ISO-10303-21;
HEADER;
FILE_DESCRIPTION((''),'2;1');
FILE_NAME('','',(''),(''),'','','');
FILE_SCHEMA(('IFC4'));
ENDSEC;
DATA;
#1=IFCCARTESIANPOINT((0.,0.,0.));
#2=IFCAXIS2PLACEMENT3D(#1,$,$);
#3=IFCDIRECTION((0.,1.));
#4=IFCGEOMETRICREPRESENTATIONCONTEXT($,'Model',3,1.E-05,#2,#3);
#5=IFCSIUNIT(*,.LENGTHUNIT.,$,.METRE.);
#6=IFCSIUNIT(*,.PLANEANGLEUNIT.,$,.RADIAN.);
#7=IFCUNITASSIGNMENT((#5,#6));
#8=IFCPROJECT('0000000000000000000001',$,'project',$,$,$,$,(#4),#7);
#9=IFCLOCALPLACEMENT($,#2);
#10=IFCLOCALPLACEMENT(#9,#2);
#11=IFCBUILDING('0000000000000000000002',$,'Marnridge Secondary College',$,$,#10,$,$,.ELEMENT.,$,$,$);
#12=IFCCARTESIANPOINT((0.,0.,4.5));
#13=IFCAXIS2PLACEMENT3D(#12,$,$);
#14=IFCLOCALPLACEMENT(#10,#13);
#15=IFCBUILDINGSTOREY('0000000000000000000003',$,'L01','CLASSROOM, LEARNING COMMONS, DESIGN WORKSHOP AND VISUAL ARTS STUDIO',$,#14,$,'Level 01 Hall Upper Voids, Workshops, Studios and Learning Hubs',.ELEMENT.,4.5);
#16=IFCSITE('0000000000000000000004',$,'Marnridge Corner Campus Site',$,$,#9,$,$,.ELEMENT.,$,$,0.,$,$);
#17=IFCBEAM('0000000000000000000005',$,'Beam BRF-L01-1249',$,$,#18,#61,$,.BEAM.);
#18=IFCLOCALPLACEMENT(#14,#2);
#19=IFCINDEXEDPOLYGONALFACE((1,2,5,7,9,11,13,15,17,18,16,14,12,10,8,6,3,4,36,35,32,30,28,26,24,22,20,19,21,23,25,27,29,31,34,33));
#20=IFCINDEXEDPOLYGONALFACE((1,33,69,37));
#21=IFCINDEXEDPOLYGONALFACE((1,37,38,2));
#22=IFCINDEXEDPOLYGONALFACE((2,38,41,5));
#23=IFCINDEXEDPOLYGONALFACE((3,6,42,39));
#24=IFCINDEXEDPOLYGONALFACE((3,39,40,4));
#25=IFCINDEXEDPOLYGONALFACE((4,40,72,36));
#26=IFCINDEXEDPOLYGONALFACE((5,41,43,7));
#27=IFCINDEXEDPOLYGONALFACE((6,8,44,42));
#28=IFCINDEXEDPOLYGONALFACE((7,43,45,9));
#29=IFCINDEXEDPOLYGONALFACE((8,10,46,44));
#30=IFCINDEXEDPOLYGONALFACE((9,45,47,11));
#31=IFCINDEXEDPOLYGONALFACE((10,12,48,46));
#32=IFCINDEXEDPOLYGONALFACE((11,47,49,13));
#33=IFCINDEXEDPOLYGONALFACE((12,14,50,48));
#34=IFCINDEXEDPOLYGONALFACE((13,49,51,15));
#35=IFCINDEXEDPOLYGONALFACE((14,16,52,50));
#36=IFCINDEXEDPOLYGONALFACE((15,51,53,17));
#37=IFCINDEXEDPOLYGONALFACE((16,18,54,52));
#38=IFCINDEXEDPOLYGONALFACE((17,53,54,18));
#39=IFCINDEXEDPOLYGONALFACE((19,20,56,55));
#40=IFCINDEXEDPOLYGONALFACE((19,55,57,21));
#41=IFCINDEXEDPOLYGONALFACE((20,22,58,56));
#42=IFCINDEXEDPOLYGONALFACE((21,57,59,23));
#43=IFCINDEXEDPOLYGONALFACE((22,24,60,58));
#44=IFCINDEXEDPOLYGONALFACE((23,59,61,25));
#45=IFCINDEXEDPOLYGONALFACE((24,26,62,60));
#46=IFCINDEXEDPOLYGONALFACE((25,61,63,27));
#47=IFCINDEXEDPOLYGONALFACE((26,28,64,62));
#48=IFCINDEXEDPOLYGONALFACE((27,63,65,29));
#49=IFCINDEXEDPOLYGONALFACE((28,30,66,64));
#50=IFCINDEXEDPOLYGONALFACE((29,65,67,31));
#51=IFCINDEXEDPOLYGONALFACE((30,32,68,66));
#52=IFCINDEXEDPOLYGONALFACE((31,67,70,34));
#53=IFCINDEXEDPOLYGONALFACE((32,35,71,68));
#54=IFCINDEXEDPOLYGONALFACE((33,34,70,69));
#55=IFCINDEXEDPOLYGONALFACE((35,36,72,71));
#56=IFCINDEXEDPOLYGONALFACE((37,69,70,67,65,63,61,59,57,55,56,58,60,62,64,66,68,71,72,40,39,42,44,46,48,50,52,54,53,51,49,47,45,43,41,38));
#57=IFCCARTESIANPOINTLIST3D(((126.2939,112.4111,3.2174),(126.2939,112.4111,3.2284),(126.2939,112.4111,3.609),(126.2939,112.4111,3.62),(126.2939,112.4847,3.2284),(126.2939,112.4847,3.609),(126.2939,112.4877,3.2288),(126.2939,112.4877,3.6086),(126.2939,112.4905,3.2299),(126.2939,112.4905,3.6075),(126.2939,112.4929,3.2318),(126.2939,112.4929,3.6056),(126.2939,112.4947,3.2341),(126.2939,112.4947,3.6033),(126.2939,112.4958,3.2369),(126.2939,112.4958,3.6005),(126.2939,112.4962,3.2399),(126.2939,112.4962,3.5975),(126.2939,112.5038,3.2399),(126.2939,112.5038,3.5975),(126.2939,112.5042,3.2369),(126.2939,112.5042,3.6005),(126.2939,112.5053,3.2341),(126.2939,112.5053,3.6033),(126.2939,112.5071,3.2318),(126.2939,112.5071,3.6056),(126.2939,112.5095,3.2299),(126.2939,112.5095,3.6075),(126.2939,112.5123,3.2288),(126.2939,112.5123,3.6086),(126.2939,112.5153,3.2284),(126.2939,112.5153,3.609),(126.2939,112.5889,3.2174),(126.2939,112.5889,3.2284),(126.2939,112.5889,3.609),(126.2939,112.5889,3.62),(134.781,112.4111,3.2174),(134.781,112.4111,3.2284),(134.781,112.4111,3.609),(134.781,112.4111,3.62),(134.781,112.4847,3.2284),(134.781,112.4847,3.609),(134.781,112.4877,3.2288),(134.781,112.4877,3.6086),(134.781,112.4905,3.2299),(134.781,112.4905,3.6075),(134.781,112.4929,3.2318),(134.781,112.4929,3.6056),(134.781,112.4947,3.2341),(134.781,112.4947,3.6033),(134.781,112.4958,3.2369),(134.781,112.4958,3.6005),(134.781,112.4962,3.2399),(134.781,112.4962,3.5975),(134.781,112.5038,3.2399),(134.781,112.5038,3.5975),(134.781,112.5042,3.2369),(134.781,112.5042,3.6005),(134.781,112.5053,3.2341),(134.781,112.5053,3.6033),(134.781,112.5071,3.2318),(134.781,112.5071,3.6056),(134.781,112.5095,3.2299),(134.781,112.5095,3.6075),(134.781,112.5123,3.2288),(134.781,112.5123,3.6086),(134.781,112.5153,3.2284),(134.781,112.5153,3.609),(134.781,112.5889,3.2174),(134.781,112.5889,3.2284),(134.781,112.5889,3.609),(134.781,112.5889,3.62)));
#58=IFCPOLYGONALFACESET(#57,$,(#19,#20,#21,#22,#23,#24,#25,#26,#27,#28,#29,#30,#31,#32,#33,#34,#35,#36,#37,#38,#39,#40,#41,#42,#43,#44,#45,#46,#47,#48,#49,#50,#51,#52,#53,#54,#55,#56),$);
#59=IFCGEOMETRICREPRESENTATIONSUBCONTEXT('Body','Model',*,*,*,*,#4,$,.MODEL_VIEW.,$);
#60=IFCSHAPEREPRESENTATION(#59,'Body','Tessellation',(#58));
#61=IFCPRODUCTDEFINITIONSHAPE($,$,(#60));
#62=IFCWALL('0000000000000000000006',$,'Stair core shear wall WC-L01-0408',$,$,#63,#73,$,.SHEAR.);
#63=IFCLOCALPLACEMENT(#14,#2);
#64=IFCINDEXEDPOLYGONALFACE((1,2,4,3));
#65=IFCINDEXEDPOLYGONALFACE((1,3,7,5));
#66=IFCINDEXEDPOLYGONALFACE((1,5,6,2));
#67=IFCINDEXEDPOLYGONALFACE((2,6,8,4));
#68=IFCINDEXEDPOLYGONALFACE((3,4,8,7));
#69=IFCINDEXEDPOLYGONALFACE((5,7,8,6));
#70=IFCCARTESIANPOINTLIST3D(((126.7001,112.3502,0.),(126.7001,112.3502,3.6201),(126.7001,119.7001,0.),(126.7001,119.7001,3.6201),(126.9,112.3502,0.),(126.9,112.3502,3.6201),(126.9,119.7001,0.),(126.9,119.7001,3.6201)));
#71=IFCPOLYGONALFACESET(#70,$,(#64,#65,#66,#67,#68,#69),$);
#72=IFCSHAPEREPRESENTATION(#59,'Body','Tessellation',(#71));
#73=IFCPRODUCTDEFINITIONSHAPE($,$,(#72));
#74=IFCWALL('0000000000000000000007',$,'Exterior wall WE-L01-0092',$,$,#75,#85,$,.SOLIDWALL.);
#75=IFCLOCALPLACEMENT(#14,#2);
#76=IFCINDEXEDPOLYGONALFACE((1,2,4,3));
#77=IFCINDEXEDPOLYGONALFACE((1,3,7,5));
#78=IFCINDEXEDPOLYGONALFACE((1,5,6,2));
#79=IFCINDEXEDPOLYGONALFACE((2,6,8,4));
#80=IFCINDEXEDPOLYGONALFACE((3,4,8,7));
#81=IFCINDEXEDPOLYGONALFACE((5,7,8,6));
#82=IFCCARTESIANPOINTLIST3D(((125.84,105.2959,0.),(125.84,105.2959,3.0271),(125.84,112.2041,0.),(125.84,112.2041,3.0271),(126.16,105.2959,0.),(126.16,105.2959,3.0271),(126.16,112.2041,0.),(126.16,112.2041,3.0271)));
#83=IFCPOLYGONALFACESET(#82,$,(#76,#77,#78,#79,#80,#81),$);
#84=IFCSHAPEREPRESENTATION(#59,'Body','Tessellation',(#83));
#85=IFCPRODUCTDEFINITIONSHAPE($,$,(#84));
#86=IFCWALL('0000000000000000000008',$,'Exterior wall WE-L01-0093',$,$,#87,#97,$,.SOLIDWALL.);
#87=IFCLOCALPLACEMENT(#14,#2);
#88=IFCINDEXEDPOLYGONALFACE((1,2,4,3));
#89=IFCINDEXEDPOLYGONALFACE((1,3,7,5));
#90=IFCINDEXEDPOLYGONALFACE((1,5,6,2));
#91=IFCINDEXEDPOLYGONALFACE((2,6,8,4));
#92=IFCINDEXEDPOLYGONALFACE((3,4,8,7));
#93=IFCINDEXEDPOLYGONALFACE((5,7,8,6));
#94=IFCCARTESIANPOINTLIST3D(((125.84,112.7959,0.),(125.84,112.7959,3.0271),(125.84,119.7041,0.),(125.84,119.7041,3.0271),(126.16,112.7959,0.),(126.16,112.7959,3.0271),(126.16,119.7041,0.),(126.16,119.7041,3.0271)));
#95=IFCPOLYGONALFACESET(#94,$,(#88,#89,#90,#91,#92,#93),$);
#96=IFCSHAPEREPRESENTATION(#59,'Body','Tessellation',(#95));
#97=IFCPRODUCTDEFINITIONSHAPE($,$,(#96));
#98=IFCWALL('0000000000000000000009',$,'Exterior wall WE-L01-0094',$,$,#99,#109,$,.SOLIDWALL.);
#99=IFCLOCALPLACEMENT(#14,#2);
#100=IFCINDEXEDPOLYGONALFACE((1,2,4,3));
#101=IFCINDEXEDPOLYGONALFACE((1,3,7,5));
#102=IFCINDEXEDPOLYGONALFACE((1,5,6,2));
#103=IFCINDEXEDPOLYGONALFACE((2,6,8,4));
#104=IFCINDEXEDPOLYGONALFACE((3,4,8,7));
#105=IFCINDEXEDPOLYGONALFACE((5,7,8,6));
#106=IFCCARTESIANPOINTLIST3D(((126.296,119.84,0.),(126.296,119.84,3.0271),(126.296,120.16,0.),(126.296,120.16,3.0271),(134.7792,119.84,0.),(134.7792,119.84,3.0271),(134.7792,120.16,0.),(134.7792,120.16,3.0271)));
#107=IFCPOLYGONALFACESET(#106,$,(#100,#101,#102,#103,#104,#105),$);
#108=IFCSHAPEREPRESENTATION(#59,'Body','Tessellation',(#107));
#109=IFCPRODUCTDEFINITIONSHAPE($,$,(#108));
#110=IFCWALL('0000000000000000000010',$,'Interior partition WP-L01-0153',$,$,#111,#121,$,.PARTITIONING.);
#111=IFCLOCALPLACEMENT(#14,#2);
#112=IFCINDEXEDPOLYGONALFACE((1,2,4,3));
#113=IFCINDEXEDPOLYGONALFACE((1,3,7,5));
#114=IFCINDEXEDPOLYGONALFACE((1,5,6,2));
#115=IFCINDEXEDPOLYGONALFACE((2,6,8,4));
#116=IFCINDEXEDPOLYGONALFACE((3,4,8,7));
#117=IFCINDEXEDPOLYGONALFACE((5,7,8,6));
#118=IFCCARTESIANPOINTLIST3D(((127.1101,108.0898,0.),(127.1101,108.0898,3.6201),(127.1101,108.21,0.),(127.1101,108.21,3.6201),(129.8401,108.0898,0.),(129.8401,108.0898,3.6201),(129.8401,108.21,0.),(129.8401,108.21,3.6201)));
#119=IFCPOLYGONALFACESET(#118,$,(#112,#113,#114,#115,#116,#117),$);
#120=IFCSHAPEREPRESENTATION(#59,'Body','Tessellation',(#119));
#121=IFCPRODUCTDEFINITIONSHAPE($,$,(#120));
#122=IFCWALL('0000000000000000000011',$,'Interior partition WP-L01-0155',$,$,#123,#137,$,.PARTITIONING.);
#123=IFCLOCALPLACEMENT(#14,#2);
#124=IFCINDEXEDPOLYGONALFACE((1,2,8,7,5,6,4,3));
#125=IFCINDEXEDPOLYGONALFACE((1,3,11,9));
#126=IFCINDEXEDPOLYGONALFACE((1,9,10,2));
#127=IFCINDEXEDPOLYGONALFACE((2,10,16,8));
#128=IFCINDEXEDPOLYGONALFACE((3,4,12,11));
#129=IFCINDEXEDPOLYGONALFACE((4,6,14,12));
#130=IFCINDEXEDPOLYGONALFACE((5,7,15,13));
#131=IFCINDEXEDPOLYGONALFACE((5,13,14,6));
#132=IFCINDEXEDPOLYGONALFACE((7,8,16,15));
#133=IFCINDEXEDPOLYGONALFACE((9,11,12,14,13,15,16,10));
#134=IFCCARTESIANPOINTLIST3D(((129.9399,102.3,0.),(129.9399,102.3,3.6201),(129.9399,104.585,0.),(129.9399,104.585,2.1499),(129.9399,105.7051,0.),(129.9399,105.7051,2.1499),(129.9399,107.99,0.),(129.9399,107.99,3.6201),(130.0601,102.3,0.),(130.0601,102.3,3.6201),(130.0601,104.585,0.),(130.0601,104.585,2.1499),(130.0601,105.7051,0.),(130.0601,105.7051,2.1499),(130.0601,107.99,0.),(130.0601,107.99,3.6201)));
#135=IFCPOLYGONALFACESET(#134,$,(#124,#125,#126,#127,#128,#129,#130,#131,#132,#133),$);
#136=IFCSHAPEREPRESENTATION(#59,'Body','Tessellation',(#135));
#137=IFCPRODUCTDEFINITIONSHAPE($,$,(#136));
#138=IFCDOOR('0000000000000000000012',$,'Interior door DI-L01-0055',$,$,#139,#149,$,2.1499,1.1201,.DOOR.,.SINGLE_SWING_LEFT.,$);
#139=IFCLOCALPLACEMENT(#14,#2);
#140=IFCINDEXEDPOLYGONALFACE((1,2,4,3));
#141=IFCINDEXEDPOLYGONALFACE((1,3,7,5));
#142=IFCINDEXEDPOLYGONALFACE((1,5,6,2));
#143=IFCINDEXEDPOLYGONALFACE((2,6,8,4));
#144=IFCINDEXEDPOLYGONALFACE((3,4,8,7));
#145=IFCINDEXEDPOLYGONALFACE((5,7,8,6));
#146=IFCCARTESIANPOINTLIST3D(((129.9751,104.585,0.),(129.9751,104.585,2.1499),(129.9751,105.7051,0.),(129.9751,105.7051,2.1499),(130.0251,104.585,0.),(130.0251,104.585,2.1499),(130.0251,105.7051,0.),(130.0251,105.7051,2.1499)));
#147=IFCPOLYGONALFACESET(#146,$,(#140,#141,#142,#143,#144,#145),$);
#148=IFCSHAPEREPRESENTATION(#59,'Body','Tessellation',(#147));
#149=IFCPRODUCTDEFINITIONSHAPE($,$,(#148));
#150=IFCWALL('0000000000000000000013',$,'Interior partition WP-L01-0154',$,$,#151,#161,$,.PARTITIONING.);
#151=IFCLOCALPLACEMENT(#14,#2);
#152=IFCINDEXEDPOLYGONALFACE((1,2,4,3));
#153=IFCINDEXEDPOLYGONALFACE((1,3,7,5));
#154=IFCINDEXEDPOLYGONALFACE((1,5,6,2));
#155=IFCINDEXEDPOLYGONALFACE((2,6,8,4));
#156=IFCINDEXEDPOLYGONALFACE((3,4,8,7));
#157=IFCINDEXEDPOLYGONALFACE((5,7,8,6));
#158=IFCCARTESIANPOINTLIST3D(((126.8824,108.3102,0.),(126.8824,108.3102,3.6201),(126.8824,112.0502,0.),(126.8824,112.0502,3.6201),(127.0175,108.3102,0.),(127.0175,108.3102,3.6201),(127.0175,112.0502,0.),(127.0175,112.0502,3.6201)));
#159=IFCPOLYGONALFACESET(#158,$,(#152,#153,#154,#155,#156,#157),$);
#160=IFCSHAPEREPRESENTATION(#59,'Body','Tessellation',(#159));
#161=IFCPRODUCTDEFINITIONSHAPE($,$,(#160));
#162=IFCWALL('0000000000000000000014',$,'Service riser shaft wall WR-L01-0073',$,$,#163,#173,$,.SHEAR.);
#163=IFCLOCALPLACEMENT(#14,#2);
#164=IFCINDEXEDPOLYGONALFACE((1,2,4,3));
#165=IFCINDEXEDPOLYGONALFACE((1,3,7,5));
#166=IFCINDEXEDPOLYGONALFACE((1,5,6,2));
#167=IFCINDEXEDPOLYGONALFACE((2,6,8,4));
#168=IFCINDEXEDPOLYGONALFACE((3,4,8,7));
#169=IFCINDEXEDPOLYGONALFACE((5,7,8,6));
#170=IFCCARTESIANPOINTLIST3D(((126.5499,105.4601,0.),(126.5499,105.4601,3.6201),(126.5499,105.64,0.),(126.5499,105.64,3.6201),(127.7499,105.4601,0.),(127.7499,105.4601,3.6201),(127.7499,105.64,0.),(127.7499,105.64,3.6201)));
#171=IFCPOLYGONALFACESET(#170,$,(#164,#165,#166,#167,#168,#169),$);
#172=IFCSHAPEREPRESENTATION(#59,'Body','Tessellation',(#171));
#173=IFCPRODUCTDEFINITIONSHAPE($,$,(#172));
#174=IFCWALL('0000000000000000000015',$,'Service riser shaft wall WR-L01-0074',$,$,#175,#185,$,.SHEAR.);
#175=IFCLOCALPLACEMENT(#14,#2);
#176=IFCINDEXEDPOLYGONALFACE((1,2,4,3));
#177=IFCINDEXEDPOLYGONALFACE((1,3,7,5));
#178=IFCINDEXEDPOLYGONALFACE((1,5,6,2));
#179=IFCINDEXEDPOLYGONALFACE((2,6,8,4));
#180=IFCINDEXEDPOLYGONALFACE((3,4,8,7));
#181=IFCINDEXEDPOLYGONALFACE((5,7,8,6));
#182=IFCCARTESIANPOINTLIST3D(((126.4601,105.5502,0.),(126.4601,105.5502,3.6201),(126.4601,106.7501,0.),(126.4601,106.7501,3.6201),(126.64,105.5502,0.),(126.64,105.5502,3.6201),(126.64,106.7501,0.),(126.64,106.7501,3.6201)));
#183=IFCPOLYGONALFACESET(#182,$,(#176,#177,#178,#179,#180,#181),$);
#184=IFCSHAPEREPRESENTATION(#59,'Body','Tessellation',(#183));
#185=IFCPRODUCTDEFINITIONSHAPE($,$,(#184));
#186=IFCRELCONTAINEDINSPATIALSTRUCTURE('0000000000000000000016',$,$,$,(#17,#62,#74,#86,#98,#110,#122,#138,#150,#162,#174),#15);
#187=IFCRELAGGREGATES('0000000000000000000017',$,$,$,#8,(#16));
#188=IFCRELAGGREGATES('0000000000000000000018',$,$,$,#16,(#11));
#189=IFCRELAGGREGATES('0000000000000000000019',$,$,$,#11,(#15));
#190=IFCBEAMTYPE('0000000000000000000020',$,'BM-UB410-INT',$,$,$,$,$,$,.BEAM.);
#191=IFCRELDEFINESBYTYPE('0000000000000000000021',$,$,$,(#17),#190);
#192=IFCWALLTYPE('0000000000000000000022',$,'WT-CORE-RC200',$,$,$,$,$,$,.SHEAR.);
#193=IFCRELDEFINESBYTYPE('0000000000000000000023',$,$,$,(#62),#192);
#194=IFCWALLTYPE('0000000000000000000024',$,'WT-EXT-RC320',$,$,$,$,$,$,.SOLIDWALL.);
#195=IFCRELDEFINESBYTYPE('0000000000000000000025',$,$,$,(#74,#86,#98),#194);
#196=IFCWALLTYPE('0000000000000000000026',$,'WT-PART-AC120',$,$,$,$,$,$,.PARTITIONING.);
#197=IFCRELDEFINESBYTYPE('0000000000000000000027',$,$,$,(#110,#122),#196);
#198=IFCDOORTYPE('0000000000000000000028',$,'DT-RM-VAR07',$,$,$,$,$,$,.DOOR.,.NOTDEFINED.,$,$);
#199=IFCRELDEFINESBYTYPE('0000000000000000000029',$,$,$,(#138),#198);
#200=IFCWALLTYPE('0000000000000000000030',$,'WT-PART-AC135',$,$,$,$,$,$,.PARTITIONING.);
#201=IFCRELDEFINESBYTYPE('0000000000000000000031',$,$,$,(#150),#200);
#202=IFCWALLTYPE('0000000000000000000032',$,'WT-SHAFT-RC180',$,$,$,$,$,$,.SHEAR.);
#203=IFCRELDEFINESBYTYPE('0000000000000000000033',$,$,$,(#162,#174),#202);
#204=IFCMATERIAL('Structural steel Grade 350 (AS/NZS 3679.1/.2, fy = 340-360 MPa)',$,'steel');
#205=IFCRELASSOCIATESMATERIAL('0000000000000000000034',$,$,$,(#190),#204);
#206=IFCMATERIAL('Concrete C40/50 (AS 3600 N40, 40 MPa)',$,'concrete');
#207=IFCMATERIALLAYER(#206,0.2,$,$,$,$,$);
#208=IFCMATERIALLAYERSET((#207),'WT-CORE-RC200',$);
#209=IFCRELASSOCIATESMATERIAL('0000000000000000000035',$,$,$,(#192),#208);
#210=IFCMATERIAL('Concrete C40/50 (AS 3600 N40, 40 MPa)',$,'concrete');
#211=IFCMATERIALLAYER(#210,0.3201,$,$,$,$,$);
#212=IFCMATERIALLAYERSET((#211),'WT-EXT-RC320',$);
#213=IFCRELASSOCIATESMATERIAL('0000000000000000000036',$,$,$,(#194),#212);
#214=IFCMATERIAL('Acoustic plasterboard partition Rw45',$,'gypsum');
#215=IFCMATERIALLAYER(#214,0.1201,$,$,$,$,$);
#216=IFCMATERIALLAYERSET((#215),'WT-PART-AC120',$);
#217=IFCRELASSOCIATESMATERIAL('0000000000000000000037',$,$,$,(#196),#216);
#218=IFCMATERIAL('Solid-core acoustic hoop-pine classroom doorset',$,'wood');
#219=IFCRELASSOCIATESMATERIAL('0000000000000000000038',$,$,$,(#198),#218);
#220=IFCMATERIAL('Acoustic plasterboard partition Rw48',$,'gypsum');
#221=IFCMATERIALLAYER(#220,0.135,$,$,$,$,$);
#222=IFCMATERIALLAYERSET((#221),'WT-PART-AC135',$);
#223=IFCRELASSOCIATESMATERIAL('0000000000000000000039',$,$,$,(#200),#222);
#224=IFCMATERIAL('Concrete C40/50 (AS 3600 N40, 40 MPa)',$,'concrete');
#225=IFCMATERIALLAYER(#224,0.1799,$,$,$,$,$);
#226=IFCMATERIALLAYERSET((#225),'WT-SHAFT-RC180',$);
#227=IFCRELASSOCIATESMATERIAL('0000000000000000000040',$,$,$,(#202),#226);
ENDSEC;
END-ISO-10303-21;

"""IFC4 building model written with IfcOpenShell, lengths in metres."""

from ifc_helpers import new_model, si_unit, direction, frame, frame_2d, origin, origin_2d, place, context, subcontext, project, spatial, rectangle, i_section, extrude, material, layer, layer_set, material_profile, profile_set, type_object, element, fill, save


model = new_model("IFC4")

# Units and contexts
model_context = context("Model", 3, precision=1e-05, world=origin(), true_north=direction((0.0, 1.0)))
body_context = subcontext(model_context, "Body", "Model", "MODEL_VIEW")
ifc_project = project(units=[si_unit("LENGTHUNIT", "METRE"), si_unit("PLANEANGLEUNIT", "RADIAN")], contexts=[model_context])

# Site, building, storey
site_placement = place(None, origin())
site = spatial("IfcSite", under=ifc_project, at=site_placement, Name="Marnridge Corner Campus Site", CompositionType="ELEMENT", RefElevation=0.0)
building_placement = place(site_placement, origin())
building = spatial("IfcBuilding", under=site, at=building_placement, Name="Marnridge Secondary College", CompositionType="ELEMENT")
storey_placement = place(building_placement, frame((0.0, 0.0, 4.5)))
storey = spatial("IfcBuildingStorey", under=building, at=storey_placement, Name="L01", Description="CLASSROOM, LEARNING COMMONS, DESIGN WORKSHOP AND VISUAL ARTS STUDIO", LongName="Level 01 Hall Upper Voids, Workshops, Studios and Learning Hubs", CompositionType="ELEMENT", Elevation=4.5)

# Beam
ifc_material_1 = material(Name="Structural steel Grade 350 (AS/NZS 3679.1/.2, fy = 340-360 MPa)", Category="steel")
ifc_material_profile_1 = material_profile(ifc_material_1, i_section(OverallWidth=0.1777, OverallDepth=0.4026, WebThickness=0.0076, FlangeThickness=0.011, FilletRadius=0.0115, at=origin_2d()), Name="410UB53.7")
ifc_profile_set_1 = profile_set([ifc_material_profile_1], Name="Structural steel Grade 350 (AS/NZS 3679.1/.2, fy = 340-360 MPa)")
beam_type_1 = type_object("IfcBeamType", Name="BM-UB410-INT", PredefinedType="BEAM", material=ifc_profile_set_1)
beam_1_placement = place(storey_placement, frame((126.2939, 112.5, 3.4187), z_axis=(1.0, 0.0, 0.0), x_axis=(0.0, 1.0, 0.0)))
element("IfcBeam", 1, at=beam_1_placement, inside=storey, type_object=beam_type_1, Name="Beam BRF-L01-1249", PredefinedType="BEAM", context=body_context, shape_type="SweptSolid", body=[
    extrude(i_section(OverallWidth=0.1777, OverallDepth=0.4026, WebThickness=0.0076, FlangeThickness=0.011, FilletRadius=0.0115, at=origin_2d()), origin(), (0.0, 0.0, 1.0), 8.4871),
])

# Shared definitions
ifc_material_2 = material(Name="Concrete C40/50 (AS 3600 N40, 40 MPa)", Category="concrete")
ifc_layer_1 = layer(ifc_material_2, 0.2)
ifc_layer_set_1 = layer_set([ifc_layer_1], Name="WT-CORE-RC200")
wall_type_1 = type_object("IfcWallType", Name="WT-CORE-RC200", PredefinedType="SHEAR", material=ifc_layer_set_1)

# Walls
wall_1_placement = place(storey_placement, frame((126.8, 119.7, 0.0), z_axis=(0.0, 0.0, 1.0), x_axis=(0.0, -1.0, 0.0)))
element("IfcWall", 2, at=wall_1_placement, inside=storey, type_object=wall_type_1, Name="Stair core shear wall WC-L01-0408", PredefinedType="SHEAR", context=body_context, shape_type="SweptSolid", body=[
    extrude(rectangle(XDim=7.3499, YDim=0.2, at=frame_2d((3.6748, 0.0))), origin(), (0.0, 0.0, 1.0), 3.6201),
])
ifc_material_3 = material(Name="Concrete C40/50 (AS 3600 N40, 40 MPa)", Category="concrete")
ifc_layer_2 = layer(ifc_material_3, 0.3201)
ifc_layer_set_2 = layer_set([ifc_layer_2], Name="WT-EXT-RC320")
wall_type_2 = type_object("IfcWallType", Name="WT-EXT-RC320", PredefinedType="SOLIDWALL", material=ifc_layer_set_2)
for number, where, z_axis, x_axis, name in (
    (3, (126.0, 105.2959, 0.0), (0.0, 0.0, 1.0), (0.0, 1.0, 0.0), "Exterior wall WE-L01-0092"),
    (4, (126.0, 112.7959, 0.0), (0.0, 0.0, 1.0), (0.0, 1.0, 0.0), "Exterior wall WE-L01-0093"),
):
    element("IfcWall", number, at=place(storey_placement, frame(where, z_axis=z_axis, x_axis=x_axis)), inside=storey, type_object=wall_type_2, Name=name, PredefinedType="SOLIDWALL", context=body_context, shape_type="SweptSolid", body=[
        extrude(rectangle(XDim=6.9082, YDim=0.3201, at=frame_2d((3.4541, 0.0))), origin(), (0.0, 0.0, 1.0), 3.0271),
    ])
wall_2_placement = place(storey_placement, frame((126.2959, 120.0, 0.0), z_axis=(0.0, 0.0, 1.0), x_axis=(1.0, 0.0, 0.0)))
element("IfcWall", 5, at=wall_2_placement, inside=storey, type_object=wall_type_2, Name="Exterior wall WE-L01-0094", PredefinedType="SOLIDWALL", context=body_context, shape_type="SweptSolid", body=[
    extrude(rectangle(XDim=8.4832, YDim=0.3201, at=frame_2d((4.2417, 0.0))), origin(), (0.0, 0.0, 1.0), 3.0271),
])
ifc_material_4 = material(Name="Acoustic plasterboard partition Rw45", Category="gypsum")
ifc_layer_3 = layer(ifc_material_4, 0.1201)
ifc_layer_set_3 = layer_set([ifc_layer_3], Name="WT-PART-AC120")
wall_type_3 = type_object("IfcWallType", Name="WT-PART-AC120", PredefinedType="PARTITIONING", material=ifc_layer_set_3)
wall_3_placement = place(storey_placement, frame((129.8401, 108.1499, 0.0), z_axis=(0.0, 0.0, 1.0), x_axis=(-1.0, 0.0, 0.0)))
element("IfcWall", 6, at=wall_3_placement, inside=storey, type_object=wall_type_3, Name="Interior partition WP-L01-0153", PredefinedType="PARTITIONING", context=body_context, shape_type="SweptSolid", body=[
    extrude(rectangle(XDim=2.73, YDim=0.1201, at=frame_2d((1.365, 0.0))), origin(), (0.0, 0.0, 1.0), 3.6201),
])

# Wall, opening, door
wall_4_placement = place(storey_placement, frame((130.0, 102.3, 0.0), z_axis=(0.0, 0.0, 1.0), x_axis=(0.0, 1.0, 0.0)))
wall_4 = element("IfcWall", 7, at=wall_4_placement, inside=storey, type_object=wall_type_3, Name="Interior partition WP-L01-0155", PredefinedType="PARTITIONING", context=body_context, shape_type="SweptSolid", body=[
    extrude(rectangle(XDim=5.6899, YDim=0.1201, at=frame_2d((2.845, 0.0))), origin(), (0.0, 0.0, 1.0), 3.6201),
])
opening_1_placement = place(wall_4_placement, frame((2.2849, 0.0, 0.0)))
opening_1 = element("IfcOpeningElement", 8, at=opening_1_placement, cuts=wall_4, PredefinedType="OPENING", context=body_context, shape_type="SweptSolid", body=[
    extrude(rectangle(XDim=1.1201, YDim=2.1499, at=frame_2d((0.5601, 1.075))), frame((0.0, 0.0701, 0.0), z_axis=(0.0, -1.0, 0.0), x_axis=(1.0, 0.0, 0.0)), (0.0, 0.0, 1.0), 0.1401),
])
ifc_material_5 = material(Name="Solid-core acoustic hoop-pine classroom doorset", Category="wood")
door_type_1 = type_object("IfcDoorType", Name="DT-RM-VAR07", OperationType="NOTDEFINED", PredefinedType="DOOR", material=ifc_material_5)
door_1_placement = place(opening_1_placement, origin())
door_1 = element("IfcDoor", 9, at=door_1_placement, inside=storey, type_object=door_type_1, Name="Interior door DI-L01-0055", OperationType="SINGLE_SWING_LEFT", OverallHeight=2.1499, OverallWidth=1.1201, PredefinedType="DOOR", context=body_context, shape_type="SweptSolid", body=[
    extrude(rectangle(XDim=1.1201, YDim=2.1499, at=frame_2d((0.5601, 1.075))), frame((0.0, 0.0249, 0.0), z_axis=(0.0, -1.0, 0.0), x_axis=(1.0, 0.0, 0.0)), (0.0, 0.0, 1.0), 0.05),
])
fill(opening_1, door_1)

# Walls
ifc_material_6 = material(Name="Acoustic plasterboard partition Rw48", Category="gypsum")
ifc_layer_4 = layer(ifc_material_6, 0.135)
ifc_layer_set_4 = layer_set([ifc_layer_4], Name="WT-PART-AC135")
wall_type_4 = type_object("IfcWallType", Name="WT-PART-AC135", PredefinedType="PARTITIONING", material=ifc_layer_set_4)
wall_5_placement = place(storey_placement, frame((126.95, 108.3101, 0.0), z_axis=(0.0, 0.0, 1.0), x_axis=(0.0, 1.0, 0.0)))
element("IfcWall", 10, at=wall_5_placement, inside=storey, type_object=wall_type_4, Name="Interior partition WP-L01-0154", PredefinedType="PARTITIONING", context=body_context, shape_type="SweptSolid", body=[
    extrude(rectangle(XDim=3.74, YDim=0.135, at=frame_2d((1.8701, 0.0))), origin(), (0.0, 0.0, 1.0), 3.6201),
])
ifc_material_7 = material(Name="Concrete C40/50 (AS 3600 N40, 40 MPa)", Category="concrete")
ifc_layer_5 = layer(ifc_material_7, 0.1799)
ifc_layer_set_5 = layer_set([ifc_layer_5], Name="WT-SHAFT-RC180")
wall_type_5 = type_object("IfcWallType", Name="WT-SHAFT-RC180", PredefinedType="SHEAR", material=ifc_layer_set_5)
for number, where, z_axis, x_axis, name in (
    (11, (127.75, 105.55, 0.0), (0.0, 0.0, 1.0), (-1.0, 0.0, 0.0), "Service riser shaft wall WR-L01-0073"),
    (12, (126.55, 105.55, 0.0), (0.0, 0.0, 1.0), (0.0, 1.0, 0.0), "Service riser shaft wall WR-L01-0074"),
):
    element("IfcWall", number, at=place(storey_placement, frame(where, z_axis=z_axis, x_axis=x_axis)), inside=storey, type_object=wall_type_5, Name=name, PredefinedType="SHEAR", context=body_context, shape_type="SweptSolid", body=[
        extrude(rectangle(XDim=1.2, YDim=0.1799, at=frame_2d((0.6001, 0.0))), origin(), (0.0, 0.0, 1.0), 3.6201),
    ])

save(model, "model.ifc")
